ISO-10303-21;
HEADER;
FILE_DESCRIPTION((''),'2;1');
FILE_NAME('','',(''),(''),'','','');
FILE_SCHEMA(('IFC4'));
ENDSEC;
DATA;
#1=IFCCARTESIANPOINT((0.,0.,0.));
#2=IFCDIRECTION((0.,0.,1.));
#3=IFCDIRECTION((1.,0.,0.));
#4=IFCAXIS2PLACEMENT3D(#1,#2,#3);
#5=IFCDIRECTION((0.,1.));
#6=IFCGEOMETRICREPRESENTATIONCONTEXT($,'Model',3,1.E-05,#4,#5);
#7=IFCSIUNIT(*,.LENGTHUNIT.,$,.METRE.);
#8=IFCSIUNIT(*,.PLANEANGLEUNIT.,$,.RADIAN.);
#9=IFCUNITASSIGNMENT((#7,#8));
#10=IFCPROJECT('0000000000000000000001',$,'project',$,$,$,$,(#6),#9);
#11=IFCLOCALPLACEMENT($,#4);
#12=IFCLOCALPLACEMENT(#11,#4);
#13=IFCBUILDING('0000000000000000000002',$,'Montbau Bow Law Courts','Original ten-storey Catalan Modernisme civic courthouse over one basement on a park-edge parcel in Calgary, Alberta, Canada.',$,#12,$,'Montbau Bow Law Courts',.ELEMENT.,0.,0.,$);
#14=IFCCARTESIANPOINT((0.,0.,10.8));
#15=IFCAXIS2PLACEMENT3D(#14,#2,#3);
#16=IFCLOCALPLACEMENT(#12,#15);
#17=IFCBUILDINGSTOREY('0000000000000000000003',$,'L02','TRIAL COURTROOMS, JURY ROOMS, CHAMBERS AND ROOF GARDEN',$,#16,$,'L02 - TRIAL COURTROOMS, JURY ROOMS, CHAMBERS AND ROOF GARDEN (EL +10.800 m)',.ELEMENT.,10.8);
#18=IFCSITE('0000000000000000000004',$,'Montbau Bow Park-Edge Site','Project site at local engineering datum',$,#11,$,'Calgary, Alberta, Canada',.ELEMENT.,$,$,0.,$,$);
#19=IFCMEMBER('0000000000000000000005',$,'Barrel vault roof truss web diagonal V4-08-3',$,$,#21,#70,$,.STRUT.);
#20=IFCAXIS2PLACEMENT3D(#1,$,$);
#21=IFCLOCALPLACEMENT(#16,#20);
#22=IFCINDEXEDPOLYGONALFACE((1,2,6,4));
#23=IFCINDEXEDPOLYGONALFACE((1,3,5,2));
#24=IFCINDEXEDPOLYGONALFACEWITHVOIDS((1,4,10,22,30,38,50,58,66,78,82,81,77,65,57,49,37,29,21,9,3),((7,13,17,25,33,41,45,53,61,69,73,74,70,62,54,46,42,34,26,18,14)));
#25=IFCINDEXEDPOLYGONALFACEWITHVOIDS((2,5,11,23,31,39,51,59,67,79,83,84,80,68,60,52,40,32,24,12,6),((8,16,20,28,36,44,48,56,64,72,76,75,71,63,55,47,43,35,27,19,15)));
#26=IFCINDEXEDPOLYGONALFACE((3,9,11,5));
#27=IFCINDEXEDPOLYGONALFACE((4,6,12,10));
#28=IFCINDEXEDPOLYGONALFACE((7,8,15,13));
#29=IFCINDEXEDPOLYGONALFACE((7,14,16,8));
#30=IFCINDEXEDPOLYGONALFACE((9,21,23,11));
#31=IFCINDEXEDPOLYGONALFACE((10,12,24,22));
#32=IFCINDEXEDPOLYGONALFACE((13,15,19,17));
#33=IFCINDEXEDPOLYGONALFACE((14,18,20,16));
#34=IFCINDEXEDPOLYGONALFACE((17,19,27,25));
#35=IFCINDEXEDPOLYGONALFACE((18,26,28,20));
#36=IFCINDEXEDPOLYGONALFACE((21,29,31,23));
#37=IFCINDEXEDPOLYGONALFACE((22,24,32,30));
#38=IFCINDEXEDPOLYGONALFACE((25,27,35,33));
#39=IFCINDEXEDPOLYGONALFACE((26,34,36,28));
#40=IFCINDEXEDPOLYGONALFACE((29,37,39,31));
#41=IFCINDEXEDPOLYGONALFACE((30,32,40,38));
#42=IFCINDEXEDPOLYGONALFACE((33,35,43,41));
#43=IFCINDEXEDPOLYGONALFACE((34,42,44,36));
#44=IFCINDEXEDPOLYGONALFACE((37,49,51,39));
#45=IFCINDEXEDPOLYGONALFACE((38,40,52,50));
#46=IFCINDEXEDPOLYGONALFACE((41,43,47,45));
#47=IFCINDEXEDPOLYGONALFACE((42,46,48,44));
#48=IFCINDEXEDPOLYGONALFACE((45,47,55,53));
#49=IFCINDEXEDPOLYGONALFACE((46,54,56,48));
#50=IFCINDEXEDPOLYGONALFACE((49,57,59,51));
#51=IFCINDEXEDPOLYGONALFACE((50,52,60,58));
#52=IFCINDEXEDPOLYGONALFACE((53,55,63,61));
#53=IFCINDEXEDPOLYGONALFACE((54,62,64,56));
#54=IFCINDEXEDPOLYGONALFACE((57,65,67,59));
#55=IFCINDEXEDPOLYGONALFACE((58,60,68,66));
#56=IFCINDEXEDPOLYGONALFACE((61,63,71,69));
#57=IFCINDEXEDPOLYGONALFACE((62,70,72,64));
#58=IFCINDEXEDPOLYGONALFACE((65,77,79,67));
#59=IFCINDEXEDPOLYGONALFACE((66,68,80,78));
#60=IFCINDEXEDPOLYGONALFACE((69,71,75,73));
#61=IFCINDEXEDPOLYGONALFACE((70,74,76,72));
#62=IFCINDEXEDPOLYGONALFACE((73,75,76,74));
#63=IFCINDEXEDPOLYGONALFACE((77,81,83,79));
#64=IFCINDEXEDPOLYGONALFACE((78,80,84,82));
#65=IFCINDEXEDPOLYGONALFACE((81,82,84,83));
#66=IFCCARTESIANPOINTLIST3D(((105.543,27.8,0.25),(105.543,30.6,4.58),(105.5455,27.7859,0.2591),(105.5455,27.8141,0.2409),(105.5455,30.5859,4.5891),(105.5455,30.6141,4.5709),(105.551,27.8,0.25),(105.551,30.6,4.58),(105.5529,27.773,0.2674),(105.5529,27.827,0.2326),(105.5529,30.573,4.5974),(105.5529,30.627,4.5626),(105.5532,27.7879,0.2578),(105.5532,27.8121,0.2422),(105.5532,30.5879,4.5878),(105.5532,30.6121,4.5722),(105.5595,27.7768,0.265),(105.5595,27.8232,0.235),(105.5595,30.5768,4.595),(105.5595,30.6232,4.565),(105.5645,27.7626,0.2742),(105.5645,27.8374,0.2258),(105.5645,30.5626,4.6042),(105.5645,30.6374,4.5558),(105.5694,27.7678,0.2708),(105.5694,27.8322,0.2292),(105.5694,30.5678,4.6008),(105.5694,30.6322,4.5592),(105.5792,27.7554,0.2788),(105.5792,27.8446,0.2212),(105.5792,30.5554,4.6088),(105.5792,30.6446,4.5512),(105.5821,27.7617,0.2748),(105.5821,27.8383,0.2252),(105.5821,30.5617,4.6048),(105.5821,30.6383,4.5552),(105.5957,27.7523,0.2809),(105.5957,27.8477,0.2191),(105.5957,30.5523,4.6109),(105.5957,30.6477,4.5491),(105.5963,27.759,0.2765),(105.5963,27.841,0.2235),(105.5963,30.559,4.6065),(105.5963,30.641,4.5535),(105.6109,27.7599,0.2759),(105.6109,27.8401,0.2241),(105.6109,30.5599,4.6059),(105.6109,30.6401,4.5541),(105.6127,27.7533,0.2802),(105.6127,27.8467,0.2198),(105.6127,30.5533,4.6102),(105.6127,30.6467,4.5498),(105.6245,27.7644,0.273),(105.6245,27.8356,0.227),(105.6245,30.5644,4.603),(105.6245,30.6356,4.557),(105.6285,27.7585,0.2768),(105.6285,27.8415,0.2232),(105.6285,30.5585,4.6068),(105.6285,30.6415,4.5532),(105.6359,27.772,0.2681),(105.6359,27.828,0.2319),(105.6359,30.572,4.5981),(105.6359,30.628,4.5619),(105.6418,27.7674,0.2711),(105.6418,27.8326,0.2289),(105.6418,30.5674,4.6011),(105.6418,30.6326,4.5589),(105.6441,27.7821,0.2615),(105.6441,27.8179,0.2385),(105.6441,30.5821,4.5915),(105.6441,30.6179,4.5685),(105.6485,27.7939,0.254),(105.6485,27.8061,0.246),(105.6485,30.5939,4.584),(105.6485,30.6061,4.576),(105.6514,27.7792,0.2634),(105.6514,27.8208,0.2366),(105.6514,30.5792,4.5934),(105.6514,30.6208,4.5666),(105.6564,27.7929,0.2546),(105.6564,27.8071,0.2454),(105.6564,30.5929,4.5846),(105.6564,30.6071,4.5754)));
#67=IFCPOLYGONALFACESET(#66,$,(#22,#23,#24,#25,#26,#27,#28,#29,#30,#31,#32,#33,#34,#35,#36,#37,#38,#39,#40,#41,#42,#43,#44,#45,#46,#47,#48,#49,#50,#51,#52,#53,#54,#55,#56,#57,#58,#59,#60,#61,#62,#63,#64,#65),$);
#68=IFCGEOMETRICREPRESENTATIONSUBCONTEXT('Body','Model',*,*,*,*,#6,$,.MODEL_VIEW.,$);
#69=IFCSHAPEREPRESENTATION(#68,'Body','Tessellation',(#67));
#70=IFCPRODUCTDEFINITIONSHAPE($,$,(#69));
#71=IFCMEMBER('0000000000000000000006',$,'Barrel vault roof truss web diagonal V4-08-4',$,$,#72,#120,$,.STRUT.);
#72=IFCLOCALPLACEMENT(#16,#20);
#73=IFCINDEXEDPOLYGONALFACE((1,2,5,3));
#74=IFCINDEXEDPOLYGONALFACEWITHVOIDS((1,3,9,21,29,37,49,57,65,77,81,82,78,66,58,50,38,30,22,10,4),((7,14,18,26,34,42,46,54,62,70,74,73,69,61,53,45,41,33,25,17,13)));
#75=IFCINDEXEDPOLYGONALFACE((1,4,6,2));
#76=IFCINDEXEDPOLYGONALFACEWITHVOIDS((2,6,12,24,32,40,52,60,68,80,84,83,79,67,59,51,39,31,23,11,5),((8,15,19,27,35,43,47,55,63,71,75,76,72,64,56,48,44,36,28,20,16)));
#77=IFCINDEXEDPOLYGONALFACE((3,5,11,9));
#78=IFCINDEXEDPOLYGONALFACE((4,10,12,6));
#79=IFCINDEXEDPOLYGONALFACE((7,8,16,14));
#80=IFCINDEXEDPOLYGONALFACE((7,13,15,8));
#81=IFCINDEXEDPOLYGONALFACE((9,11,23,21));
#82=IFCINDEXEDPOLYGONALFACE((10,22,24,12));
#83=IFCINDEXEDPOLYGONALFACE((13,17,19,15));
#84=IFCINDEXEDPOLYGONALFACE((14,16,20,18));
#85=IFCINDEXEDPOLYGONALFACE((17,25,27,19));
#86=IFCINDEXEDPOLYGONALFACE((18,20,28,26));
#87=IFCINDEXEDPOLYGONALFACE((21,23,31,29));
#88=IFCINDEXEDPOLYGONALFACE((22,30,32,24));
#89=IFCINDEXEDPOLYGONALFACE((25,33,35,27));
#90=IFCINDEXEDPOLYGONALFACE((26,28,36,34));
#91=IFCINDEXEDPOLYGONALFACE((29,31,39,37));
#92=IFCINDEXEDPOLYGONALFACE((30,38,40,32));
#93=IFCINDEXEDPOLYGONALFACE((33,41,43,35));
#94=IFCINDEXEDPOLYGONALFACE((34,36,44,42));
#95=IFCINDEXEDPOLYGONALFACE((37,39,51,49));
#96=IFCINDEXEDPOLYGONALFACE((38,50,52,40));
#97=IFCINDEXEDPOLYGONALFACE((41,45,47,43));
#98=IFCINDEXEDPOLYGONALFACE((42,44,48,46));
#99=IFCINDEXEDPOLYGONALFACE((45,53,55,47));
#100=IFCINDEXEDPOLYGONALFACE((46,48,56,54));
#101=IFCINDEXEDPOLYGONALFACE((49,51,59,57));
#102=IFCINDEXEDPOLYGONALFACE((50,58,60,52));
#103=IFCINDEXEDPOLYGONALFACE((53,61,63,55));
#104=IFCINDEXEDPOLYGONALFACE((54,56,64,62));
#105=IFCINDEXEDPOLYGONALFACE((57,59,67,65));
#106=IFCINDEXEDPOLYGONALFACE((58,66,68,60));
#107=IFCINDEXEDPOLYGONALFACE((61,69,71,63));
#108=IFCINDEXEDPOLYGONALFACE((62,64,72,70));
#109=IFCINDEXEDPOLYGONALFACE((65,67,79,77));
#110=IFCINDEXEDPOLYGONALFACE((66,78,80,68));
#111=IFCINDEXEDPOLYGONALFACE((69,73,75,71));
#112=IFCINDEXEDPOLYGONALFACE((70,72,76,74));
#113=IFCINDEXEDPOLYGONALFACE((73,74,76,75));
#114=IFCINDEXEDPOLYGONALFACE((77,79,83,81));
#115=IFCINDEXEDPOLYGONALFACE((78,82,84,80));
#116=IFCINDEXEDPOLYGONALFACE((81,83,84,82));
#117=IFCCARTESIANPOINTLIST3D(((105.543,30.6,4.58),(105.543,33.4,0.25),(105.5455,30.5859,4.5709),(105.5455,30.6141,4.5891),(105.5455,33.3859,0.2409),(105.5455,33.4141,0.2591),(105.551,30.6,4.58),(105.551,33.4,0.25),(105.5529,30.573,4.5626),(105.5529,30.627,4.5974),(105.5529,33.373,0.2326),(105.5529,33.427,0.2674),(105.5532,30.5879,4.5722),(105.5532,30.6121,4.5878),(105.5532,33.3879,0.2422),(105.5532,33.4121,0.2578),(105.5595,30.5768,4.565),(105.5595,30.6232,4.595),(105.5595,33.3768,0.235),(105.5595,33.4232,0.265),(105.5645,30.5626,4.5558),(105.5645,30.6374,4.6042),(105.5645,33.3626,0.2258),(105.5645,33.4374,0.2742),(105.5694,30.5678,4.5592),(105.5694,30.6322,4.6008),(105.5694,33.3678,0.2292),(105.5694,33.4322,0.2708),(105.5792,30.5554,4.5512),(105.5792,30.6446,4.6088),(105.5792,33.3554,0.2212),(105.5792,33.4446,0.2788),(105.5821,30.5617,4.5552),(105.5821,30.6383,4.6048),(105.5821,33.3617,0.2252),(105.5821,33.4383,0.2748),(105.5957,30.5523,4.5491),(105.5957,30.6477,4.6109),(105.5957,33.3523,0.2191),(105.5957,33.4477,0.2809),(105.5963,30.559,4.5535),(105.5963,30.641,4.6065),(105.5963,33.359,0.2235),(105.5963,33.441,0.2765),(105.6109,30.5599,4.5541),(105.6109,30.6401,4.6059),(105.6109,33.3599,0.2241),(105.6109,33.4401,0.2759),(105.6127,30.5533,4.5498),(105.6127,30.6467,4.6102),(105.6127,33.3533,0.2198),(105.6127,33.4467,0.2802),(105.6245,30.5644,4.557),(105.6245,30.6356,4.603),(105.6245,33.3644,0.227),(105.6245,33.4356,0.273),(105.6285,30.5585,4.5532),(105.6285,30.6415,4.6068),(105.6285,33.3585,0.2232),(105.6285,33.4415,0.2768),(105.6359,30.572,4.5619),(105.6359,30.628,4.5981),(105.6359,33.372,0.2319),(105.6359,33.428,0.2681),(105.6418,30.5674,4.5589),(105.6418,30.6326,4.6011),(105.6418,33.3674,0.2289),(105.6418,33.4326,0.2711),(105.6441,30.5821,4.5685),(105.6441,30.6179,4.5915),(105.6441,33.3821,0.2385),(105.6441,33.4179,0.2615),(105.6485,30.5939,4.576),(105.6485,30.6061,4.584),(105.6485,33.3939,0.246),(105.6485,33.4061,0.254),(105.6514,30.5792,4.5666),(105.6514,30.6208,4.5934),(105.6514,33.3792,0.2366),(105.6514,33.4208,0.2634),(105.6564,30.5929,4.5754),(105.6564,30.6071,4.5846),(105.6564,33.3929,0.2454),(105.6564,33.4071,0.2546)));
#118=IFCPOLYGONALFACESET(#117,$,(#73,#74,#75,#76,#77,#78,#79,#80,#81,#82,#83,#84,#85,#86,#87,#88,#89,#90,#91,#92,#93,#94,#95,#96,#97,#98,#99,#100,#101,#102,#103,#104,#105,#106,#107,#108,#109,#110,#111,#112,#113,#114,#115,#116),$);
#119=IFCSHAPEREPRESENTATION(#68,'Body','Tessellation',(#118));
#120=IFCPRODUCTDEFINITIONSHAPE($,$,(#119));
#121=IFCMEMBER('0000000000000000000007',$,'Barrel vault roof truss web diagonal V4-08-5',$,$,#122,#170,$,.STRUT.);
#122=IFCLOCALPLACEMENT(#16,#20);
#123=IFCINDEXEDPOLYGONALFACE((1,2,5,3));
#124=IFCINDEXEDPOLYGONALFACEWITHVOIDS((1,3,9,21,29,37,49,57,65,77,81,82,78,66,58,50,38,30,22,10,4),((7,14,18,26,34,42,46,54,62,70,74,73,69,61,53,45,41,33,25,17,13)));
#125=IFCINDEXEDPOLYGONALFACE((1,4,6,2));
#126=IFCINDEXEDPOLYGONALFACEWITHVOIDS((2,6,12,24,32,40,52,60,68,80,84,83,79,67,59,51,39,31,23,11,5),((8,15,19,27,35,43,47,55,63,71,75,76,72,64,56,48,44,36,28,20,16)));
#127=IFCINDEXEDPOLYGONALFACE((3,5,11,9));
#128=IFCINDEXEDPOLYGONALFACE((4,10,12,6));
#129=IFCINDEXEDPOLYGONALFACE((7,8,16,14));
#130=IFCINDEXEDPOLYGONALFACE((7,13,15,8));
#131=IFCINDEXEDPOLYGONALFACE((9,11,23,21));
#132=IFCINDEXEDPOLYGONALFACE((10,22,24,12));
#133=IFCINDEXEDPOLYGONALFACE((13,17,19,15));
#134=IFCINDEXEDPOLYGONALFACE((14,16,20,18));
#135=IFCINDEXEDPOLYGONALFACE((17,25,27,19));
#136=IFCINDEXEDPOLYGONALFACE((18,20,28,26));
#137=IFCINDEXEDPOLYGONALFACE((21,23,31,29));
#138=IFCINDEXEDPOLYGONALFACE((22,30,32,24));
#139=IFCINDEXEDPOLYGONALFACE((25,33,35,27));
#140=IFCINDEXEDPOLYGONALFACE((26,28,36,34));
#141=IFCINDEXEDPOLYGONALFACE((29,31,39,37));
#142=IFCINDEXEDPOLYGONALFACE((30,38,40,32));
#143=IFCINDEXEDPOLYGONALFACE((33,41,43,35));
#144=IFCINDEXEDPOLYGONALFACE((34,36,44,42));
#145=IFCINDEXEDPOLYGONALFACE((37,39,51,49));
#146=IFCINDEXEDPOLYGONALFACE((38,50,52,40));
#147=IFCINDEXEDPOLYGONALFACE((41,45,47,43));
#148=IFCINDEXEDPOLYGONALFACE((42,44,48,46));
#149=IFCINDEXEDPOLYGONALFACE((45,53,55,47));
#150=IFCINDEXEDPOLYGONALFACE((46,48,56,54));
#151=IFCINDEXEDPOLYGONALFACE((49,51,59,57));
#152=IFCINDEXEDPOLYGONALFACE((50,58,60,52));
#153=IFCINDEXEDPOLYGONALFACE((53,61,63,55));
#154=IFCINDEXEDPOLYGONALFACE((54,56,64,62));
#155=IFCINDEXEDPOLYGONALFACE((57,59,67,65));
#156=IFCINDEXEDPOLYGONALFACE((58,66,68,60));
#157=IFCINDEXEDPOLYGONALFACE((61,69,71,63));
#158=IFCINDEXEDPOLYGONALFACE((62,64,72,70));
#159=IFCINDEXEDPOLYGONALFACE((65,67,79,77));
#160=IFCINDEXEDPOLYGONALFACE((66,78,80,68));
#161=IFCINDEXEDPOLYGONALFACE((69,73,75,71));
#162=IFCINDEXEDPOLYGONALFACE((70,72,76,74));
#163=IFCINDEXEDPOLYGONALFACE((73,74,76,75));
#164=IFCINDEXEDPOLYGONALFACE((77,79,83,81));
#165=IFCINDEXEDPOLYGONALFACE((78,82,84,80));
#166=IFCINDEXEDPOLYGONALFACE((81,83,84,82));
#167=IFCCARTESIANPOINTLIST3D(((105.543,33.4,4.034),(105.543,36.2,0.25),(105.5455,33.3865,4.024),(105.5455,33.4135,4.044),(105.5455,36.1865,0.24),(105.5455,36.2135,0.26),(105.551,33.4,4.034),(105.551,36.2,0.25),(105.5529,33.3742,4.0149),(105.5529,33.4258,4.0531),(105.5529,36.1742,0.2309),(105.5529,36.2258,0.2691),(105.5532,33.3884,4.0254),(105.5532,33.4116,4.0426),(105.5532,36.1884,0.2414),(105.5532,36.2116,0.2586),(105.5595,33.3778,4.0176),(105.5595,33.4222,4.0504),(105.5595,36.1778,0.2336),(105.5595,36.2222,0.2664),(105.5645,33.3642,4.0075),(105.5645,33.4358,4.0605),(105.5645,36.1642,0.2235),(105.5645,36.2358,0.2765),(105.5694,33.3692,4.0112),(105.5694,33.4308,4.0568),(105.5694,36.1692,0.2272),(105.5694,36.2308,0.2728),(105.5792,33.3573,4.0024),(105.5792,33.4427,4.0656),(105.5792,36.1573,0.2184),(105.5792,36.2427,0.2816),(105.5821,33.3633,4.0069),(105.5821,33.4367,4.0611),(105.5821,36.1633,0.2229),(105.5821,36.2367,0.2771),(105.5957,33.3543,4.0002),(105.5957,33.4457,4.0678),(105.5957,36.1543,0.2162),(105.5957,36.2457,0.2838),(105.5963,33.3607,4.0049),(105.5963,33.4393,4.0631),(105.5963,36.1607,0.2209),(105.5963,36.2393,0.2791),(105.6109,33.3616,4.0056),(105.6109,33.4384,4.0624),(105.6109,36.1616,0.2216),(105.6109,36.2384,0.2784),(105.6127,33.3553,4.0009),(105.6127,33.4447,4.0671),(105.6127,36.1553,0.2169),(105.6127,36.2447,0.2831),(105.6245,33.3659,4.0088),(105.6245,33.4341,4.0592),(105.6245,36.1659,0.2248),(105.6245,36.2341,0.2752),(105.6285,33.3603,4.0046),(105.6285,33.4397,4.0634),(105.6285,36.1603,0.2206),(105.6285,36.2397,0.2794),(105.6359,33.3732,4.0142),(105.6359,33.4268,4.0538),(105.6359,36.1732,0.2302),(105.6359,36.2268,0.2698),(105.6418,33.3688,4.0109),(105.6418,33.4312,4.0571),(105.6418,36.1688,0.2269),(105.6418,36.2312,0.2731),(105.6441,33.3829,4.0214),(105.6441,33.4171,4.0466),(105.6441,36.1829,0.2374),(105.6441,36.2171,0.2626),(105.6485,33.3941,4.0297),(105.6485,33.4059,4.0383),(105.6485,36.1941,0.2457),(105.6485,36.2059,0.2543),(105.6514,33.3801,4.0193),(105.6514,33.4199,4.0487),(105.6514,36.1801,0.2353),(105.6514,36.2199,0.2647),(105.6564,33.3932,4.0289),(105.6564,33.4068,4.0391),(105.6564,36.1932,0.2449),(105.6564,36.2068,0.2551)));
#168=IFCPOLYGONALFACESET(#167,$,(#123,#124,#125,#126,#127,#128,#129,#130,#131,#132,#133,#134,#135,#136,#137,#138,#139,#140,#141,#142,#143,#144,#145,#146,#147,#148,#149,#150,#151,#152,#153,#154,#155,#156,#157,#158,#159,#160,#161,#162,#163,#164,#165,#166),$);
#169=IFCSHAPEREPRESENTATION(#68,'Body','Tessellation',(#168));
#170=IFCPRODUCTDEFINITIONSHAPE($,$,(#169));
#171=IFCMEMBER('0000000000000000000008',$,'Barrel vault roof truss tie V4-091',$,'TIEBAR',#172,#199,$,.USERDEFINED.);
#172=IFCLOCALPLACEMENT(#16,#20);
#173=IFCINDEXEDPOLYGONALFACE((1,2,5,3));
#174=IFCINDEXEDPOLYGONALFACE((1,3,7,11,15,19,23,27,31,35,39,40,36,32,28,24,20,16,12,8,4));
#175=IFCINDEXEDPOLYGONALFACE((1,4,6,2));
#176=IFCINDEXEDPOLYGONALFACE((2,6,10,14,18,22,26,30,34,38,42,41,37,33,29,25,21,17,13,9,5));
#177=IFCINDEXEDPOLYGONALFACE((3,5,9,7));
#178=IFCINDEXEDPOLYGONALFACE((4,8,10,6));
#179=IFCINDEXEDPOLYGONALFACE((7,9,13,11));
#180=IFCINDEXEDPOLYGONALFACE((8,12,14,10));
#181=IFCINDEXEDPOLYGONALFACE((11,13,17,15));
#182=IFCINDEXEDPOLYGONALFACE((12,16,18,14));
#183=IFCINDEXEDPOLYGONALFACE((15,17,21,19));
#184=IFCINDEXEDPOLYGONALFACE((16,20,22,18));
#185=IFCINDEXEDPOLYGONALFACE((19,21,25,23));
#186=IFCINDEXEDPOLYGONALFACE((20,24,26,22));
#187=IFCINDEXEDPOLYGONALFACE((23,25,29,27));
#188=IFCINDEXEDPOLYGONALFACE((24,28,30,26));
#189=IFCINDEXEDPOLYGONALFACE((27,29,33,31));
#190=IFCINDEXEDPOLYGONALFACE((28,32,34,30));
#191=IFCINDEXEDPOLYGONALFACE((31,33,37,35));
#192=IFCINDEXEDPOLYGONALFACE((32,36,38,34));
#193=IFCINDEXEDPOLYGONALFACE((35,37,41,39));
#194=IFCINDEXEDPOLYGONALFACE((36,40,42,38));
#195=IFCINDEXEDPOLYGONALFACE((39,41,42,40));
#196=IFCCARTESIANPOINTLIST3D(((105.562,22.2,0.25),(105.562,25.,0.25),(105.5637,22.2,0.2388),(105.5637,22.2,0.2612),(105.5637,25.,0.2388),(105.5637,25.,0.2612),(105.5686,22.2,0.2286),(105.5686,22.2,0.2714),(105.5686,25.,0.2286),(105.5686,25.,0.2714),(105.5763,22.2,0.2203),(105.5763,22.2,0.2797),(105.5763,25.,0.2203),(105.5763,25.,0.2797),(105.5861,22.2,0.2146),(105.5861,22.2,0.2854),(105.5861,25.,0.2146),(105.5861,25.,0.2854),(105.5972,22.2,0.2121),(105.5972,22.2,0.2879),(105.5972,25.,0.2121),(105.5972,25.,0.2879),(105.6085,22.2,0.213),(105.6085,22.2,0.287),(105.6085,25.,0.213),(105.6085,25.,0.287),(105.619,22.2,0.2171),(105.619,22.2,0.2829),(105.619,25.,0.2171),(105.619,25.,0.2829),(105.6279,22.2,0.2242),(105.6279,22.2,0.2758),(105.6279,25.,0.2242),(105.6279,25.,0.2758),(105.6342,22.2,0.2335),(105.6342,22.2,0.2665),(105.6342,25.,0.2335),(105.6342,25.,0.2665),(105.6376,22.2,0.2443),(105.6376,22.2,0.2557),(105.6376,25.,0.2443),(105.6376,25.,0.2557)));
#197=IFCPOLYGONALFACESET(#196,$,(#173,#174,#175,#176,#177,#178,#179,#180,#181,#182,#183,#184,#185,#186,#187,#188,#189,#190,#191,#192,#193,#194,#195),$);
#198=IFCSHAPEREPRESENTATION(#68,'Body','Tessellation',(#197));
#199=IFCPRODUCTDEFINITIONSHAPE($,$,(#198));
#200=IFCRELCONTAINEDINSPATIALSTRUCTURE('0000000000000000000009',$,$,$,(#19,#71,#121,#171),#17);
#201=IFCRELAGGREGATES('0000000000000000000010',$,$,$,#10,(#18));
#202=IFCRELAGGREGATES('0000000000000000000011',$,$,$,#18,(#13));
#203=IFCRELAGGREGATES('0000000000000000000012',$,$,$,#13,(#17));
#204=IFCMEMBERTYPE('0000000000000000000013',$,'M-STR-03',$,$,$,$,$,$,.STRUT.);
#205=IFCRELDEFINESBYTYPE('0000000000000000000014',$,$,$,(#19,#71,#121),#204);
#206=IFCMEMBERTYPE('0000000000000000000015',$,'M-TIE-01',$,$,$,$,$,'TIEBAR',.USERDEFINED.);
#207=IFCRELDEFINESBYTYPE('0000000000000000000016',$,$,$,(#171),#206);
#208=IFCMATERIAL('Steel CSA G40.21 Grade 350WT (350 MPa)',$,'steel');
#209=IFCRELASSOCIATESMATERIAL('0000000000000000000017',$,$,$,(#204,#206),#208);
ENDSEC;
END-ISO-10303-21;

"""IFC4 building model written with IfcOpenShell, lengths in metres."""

from ifc_helpers import new_model, si_unit, direction, frame, origin_with_axes, origin_2d_with_axis, place, context, subcontext, project, spatial, circle, hollow_circle, extrude, material, material_profile, profile_set, type_object, element, save


model = new_model("IFC4")

# Units and contexts
model_context = context("Model", 3, precision=1e-05, world=origin_with_axes(), true_north=direction((0.0, 1.0)))
body_context = subcontext(model_context, "Body", "Model", "MODEL_VIEW")
ifc_project = project(units=[si_unit("LENGTHUNIT", "METRE"), si_unit("PLANEANGLEUNIT", "RADIAN")], contexts=[model_context])

# Site, building, storey
site_placement = place(None, origin_with_axes())
site = spatial("IfcSite", under=ifc_project, at=site_placement, Name="Montbau Bow Park-Edge Site", Description="Project site at local engineering datum", LongName="Calgary, Alberta, Canada", CompositionType="ELEMENT", RefElevation=0.0)
building_placement = place(site_placement, origin_with_axes())
building = spatial("IfcBuilding", under=site, at=building_placement, Name="Montbau Bow Law Courts", Description="Original ten-storey Catalan Modernisme civic courthouse over one basement on a park-edge parcel in Calgary, Alberta, Canada.", LongName="Montbau Bow Law Courts", CompositionType="ELEMENT", ElevationOfRefHeight=0.0, ElevationOfTerrain=0.0)
storey_placement = place(building_placement, frame((0.0, 0.0, 10.8), z_axis=(0.0, 0.0, 1.0), x_axis=(1.0, 0.0, 0.0)))
storey = spatial("IfcBuildingStorey", under=building, at=storey_placement, Name="L02", Description="TRIAL COURTROOMS, JURY ROOMS, CHAMBERS AND ROOF GARDEN", LongName="L02 - TRIAL COURTROOMS, JURY ROOMS, CHAMBERS AND ROOF GARDEN (EL +10.800 m)", CompositionType="ELEMENT", Elevation=10.8)

# Shared definitions
ifc_material_1 = material(Name="Steel CSA G40.21 Grade 350WT (350 MPa)", Category="steel")

# Members
ifc_material_profile_1 = material_profile(ifc_material_1, hollow_circle(Radius=0.057, WallThickness=0.008, at=origin_2d_with_axis()), Name="HSS114X8.0", Category="Main", Priority=0)
ifc_profile_set_1 = profile_set([ifc_material_profile_1], Name="Steel CSA G40.21 Grade 350WT (350 MPa)")
member_type_1 = type_object("IfcMemberType", Name="M-STR-03", PredefinedType="STRUT", material=ifc_profile_set_1)
for number, where, z_axis, x_axis, name in (
    (1, (105.6, 27.8, 11.05), (0.0, 0.54301, 0.839726), (-1.0, 0.0, 0.0), "Barrel vault roof truss web diagonal V4-08-3"),
    (2, (105.6, 30.6, 15.38), (0.0, 0.54301, -0.839726), (-1.0, 0.0, 0.0), "Barrel vault roof truss web diagonal V4-08-4"),
):
    element("IfcMember", number, at=place(None, frame(where, z_axis=z_axis, x_axis=x_axis)), inside=storey, type_object=member_type_1, Name=name, PredefinedType="STRUT", context=body_context, shape_type="SweptSolid", body=[
        extrude(hollow_circle(Radius=0.057, WallThickness=0.008, at=origin_2d_with_axis()), origin_with_axes(), (0.0, 0.0, 1.0), 5.1564),
    ])
member_1_placement = place(None, frame((105.6, 33.4, 14.834), z_axis=(0.0, 0.594821, -0.803858), x_axis=(-1.0, 0.0, 0.0)))
element("IfcMember", 3, at=member_1_placement, inside=storey, type_object=member_type_1, Name="Barrel vault roof truss web diagonal V4-08-5", PredefinedType="STRUT", context=body_context, shape_type="SweptSolid", body=[
    extrude(hollow_circle(Radius=0.057, WallThickness=0.008, at=origin_2d_with_axis()), origin_with_axes(), (0.0, 0.0, 1.0), 4.7073),
])
ifc_material_profile_2 = material_profile(ifc_material_1, circle(Radius=0.038, at=origin_2d_with_axis()), Name="ROD76", Category="Main", Priority=0)
ifc_profile_set_2 = profile_set([ifc_material_profile_2], Name="Steel CSA G40.21 Grade 350WT (350 MPa)")
member_type_2 = type_object("IfcMemberType", Name="M-TIE-01", ElementType="TIEBAR", PredefinedType="USERDEFINED", material=ifc_profile_set_2)
for number, where, z_axis, x_axis, name in (
    (4, (105.6, 22.2, 11.05), (0.0, 1.0, 0.0), (-1.0, 0.0, 0.0), "Barrel vault roof truss tie V4-091"),
):
    element("IfcMember", number, at=place(None, frame(where, z_axis=z_axis, x_axis=x_axis)), inside=storey, type_object=member_type_2, Name=name, ObjectType="TIEBAR", PredefinedType="USERDEFINED", context=body_context, shape_type="SweptSolid", body=[
        extrude(circle(Radius=0.038, at=origin_2d_with_axis()), origin_with_axes(), (0.0, 0.0, 1.0), 2.8),
    ])

save(model, "model.ifc")
